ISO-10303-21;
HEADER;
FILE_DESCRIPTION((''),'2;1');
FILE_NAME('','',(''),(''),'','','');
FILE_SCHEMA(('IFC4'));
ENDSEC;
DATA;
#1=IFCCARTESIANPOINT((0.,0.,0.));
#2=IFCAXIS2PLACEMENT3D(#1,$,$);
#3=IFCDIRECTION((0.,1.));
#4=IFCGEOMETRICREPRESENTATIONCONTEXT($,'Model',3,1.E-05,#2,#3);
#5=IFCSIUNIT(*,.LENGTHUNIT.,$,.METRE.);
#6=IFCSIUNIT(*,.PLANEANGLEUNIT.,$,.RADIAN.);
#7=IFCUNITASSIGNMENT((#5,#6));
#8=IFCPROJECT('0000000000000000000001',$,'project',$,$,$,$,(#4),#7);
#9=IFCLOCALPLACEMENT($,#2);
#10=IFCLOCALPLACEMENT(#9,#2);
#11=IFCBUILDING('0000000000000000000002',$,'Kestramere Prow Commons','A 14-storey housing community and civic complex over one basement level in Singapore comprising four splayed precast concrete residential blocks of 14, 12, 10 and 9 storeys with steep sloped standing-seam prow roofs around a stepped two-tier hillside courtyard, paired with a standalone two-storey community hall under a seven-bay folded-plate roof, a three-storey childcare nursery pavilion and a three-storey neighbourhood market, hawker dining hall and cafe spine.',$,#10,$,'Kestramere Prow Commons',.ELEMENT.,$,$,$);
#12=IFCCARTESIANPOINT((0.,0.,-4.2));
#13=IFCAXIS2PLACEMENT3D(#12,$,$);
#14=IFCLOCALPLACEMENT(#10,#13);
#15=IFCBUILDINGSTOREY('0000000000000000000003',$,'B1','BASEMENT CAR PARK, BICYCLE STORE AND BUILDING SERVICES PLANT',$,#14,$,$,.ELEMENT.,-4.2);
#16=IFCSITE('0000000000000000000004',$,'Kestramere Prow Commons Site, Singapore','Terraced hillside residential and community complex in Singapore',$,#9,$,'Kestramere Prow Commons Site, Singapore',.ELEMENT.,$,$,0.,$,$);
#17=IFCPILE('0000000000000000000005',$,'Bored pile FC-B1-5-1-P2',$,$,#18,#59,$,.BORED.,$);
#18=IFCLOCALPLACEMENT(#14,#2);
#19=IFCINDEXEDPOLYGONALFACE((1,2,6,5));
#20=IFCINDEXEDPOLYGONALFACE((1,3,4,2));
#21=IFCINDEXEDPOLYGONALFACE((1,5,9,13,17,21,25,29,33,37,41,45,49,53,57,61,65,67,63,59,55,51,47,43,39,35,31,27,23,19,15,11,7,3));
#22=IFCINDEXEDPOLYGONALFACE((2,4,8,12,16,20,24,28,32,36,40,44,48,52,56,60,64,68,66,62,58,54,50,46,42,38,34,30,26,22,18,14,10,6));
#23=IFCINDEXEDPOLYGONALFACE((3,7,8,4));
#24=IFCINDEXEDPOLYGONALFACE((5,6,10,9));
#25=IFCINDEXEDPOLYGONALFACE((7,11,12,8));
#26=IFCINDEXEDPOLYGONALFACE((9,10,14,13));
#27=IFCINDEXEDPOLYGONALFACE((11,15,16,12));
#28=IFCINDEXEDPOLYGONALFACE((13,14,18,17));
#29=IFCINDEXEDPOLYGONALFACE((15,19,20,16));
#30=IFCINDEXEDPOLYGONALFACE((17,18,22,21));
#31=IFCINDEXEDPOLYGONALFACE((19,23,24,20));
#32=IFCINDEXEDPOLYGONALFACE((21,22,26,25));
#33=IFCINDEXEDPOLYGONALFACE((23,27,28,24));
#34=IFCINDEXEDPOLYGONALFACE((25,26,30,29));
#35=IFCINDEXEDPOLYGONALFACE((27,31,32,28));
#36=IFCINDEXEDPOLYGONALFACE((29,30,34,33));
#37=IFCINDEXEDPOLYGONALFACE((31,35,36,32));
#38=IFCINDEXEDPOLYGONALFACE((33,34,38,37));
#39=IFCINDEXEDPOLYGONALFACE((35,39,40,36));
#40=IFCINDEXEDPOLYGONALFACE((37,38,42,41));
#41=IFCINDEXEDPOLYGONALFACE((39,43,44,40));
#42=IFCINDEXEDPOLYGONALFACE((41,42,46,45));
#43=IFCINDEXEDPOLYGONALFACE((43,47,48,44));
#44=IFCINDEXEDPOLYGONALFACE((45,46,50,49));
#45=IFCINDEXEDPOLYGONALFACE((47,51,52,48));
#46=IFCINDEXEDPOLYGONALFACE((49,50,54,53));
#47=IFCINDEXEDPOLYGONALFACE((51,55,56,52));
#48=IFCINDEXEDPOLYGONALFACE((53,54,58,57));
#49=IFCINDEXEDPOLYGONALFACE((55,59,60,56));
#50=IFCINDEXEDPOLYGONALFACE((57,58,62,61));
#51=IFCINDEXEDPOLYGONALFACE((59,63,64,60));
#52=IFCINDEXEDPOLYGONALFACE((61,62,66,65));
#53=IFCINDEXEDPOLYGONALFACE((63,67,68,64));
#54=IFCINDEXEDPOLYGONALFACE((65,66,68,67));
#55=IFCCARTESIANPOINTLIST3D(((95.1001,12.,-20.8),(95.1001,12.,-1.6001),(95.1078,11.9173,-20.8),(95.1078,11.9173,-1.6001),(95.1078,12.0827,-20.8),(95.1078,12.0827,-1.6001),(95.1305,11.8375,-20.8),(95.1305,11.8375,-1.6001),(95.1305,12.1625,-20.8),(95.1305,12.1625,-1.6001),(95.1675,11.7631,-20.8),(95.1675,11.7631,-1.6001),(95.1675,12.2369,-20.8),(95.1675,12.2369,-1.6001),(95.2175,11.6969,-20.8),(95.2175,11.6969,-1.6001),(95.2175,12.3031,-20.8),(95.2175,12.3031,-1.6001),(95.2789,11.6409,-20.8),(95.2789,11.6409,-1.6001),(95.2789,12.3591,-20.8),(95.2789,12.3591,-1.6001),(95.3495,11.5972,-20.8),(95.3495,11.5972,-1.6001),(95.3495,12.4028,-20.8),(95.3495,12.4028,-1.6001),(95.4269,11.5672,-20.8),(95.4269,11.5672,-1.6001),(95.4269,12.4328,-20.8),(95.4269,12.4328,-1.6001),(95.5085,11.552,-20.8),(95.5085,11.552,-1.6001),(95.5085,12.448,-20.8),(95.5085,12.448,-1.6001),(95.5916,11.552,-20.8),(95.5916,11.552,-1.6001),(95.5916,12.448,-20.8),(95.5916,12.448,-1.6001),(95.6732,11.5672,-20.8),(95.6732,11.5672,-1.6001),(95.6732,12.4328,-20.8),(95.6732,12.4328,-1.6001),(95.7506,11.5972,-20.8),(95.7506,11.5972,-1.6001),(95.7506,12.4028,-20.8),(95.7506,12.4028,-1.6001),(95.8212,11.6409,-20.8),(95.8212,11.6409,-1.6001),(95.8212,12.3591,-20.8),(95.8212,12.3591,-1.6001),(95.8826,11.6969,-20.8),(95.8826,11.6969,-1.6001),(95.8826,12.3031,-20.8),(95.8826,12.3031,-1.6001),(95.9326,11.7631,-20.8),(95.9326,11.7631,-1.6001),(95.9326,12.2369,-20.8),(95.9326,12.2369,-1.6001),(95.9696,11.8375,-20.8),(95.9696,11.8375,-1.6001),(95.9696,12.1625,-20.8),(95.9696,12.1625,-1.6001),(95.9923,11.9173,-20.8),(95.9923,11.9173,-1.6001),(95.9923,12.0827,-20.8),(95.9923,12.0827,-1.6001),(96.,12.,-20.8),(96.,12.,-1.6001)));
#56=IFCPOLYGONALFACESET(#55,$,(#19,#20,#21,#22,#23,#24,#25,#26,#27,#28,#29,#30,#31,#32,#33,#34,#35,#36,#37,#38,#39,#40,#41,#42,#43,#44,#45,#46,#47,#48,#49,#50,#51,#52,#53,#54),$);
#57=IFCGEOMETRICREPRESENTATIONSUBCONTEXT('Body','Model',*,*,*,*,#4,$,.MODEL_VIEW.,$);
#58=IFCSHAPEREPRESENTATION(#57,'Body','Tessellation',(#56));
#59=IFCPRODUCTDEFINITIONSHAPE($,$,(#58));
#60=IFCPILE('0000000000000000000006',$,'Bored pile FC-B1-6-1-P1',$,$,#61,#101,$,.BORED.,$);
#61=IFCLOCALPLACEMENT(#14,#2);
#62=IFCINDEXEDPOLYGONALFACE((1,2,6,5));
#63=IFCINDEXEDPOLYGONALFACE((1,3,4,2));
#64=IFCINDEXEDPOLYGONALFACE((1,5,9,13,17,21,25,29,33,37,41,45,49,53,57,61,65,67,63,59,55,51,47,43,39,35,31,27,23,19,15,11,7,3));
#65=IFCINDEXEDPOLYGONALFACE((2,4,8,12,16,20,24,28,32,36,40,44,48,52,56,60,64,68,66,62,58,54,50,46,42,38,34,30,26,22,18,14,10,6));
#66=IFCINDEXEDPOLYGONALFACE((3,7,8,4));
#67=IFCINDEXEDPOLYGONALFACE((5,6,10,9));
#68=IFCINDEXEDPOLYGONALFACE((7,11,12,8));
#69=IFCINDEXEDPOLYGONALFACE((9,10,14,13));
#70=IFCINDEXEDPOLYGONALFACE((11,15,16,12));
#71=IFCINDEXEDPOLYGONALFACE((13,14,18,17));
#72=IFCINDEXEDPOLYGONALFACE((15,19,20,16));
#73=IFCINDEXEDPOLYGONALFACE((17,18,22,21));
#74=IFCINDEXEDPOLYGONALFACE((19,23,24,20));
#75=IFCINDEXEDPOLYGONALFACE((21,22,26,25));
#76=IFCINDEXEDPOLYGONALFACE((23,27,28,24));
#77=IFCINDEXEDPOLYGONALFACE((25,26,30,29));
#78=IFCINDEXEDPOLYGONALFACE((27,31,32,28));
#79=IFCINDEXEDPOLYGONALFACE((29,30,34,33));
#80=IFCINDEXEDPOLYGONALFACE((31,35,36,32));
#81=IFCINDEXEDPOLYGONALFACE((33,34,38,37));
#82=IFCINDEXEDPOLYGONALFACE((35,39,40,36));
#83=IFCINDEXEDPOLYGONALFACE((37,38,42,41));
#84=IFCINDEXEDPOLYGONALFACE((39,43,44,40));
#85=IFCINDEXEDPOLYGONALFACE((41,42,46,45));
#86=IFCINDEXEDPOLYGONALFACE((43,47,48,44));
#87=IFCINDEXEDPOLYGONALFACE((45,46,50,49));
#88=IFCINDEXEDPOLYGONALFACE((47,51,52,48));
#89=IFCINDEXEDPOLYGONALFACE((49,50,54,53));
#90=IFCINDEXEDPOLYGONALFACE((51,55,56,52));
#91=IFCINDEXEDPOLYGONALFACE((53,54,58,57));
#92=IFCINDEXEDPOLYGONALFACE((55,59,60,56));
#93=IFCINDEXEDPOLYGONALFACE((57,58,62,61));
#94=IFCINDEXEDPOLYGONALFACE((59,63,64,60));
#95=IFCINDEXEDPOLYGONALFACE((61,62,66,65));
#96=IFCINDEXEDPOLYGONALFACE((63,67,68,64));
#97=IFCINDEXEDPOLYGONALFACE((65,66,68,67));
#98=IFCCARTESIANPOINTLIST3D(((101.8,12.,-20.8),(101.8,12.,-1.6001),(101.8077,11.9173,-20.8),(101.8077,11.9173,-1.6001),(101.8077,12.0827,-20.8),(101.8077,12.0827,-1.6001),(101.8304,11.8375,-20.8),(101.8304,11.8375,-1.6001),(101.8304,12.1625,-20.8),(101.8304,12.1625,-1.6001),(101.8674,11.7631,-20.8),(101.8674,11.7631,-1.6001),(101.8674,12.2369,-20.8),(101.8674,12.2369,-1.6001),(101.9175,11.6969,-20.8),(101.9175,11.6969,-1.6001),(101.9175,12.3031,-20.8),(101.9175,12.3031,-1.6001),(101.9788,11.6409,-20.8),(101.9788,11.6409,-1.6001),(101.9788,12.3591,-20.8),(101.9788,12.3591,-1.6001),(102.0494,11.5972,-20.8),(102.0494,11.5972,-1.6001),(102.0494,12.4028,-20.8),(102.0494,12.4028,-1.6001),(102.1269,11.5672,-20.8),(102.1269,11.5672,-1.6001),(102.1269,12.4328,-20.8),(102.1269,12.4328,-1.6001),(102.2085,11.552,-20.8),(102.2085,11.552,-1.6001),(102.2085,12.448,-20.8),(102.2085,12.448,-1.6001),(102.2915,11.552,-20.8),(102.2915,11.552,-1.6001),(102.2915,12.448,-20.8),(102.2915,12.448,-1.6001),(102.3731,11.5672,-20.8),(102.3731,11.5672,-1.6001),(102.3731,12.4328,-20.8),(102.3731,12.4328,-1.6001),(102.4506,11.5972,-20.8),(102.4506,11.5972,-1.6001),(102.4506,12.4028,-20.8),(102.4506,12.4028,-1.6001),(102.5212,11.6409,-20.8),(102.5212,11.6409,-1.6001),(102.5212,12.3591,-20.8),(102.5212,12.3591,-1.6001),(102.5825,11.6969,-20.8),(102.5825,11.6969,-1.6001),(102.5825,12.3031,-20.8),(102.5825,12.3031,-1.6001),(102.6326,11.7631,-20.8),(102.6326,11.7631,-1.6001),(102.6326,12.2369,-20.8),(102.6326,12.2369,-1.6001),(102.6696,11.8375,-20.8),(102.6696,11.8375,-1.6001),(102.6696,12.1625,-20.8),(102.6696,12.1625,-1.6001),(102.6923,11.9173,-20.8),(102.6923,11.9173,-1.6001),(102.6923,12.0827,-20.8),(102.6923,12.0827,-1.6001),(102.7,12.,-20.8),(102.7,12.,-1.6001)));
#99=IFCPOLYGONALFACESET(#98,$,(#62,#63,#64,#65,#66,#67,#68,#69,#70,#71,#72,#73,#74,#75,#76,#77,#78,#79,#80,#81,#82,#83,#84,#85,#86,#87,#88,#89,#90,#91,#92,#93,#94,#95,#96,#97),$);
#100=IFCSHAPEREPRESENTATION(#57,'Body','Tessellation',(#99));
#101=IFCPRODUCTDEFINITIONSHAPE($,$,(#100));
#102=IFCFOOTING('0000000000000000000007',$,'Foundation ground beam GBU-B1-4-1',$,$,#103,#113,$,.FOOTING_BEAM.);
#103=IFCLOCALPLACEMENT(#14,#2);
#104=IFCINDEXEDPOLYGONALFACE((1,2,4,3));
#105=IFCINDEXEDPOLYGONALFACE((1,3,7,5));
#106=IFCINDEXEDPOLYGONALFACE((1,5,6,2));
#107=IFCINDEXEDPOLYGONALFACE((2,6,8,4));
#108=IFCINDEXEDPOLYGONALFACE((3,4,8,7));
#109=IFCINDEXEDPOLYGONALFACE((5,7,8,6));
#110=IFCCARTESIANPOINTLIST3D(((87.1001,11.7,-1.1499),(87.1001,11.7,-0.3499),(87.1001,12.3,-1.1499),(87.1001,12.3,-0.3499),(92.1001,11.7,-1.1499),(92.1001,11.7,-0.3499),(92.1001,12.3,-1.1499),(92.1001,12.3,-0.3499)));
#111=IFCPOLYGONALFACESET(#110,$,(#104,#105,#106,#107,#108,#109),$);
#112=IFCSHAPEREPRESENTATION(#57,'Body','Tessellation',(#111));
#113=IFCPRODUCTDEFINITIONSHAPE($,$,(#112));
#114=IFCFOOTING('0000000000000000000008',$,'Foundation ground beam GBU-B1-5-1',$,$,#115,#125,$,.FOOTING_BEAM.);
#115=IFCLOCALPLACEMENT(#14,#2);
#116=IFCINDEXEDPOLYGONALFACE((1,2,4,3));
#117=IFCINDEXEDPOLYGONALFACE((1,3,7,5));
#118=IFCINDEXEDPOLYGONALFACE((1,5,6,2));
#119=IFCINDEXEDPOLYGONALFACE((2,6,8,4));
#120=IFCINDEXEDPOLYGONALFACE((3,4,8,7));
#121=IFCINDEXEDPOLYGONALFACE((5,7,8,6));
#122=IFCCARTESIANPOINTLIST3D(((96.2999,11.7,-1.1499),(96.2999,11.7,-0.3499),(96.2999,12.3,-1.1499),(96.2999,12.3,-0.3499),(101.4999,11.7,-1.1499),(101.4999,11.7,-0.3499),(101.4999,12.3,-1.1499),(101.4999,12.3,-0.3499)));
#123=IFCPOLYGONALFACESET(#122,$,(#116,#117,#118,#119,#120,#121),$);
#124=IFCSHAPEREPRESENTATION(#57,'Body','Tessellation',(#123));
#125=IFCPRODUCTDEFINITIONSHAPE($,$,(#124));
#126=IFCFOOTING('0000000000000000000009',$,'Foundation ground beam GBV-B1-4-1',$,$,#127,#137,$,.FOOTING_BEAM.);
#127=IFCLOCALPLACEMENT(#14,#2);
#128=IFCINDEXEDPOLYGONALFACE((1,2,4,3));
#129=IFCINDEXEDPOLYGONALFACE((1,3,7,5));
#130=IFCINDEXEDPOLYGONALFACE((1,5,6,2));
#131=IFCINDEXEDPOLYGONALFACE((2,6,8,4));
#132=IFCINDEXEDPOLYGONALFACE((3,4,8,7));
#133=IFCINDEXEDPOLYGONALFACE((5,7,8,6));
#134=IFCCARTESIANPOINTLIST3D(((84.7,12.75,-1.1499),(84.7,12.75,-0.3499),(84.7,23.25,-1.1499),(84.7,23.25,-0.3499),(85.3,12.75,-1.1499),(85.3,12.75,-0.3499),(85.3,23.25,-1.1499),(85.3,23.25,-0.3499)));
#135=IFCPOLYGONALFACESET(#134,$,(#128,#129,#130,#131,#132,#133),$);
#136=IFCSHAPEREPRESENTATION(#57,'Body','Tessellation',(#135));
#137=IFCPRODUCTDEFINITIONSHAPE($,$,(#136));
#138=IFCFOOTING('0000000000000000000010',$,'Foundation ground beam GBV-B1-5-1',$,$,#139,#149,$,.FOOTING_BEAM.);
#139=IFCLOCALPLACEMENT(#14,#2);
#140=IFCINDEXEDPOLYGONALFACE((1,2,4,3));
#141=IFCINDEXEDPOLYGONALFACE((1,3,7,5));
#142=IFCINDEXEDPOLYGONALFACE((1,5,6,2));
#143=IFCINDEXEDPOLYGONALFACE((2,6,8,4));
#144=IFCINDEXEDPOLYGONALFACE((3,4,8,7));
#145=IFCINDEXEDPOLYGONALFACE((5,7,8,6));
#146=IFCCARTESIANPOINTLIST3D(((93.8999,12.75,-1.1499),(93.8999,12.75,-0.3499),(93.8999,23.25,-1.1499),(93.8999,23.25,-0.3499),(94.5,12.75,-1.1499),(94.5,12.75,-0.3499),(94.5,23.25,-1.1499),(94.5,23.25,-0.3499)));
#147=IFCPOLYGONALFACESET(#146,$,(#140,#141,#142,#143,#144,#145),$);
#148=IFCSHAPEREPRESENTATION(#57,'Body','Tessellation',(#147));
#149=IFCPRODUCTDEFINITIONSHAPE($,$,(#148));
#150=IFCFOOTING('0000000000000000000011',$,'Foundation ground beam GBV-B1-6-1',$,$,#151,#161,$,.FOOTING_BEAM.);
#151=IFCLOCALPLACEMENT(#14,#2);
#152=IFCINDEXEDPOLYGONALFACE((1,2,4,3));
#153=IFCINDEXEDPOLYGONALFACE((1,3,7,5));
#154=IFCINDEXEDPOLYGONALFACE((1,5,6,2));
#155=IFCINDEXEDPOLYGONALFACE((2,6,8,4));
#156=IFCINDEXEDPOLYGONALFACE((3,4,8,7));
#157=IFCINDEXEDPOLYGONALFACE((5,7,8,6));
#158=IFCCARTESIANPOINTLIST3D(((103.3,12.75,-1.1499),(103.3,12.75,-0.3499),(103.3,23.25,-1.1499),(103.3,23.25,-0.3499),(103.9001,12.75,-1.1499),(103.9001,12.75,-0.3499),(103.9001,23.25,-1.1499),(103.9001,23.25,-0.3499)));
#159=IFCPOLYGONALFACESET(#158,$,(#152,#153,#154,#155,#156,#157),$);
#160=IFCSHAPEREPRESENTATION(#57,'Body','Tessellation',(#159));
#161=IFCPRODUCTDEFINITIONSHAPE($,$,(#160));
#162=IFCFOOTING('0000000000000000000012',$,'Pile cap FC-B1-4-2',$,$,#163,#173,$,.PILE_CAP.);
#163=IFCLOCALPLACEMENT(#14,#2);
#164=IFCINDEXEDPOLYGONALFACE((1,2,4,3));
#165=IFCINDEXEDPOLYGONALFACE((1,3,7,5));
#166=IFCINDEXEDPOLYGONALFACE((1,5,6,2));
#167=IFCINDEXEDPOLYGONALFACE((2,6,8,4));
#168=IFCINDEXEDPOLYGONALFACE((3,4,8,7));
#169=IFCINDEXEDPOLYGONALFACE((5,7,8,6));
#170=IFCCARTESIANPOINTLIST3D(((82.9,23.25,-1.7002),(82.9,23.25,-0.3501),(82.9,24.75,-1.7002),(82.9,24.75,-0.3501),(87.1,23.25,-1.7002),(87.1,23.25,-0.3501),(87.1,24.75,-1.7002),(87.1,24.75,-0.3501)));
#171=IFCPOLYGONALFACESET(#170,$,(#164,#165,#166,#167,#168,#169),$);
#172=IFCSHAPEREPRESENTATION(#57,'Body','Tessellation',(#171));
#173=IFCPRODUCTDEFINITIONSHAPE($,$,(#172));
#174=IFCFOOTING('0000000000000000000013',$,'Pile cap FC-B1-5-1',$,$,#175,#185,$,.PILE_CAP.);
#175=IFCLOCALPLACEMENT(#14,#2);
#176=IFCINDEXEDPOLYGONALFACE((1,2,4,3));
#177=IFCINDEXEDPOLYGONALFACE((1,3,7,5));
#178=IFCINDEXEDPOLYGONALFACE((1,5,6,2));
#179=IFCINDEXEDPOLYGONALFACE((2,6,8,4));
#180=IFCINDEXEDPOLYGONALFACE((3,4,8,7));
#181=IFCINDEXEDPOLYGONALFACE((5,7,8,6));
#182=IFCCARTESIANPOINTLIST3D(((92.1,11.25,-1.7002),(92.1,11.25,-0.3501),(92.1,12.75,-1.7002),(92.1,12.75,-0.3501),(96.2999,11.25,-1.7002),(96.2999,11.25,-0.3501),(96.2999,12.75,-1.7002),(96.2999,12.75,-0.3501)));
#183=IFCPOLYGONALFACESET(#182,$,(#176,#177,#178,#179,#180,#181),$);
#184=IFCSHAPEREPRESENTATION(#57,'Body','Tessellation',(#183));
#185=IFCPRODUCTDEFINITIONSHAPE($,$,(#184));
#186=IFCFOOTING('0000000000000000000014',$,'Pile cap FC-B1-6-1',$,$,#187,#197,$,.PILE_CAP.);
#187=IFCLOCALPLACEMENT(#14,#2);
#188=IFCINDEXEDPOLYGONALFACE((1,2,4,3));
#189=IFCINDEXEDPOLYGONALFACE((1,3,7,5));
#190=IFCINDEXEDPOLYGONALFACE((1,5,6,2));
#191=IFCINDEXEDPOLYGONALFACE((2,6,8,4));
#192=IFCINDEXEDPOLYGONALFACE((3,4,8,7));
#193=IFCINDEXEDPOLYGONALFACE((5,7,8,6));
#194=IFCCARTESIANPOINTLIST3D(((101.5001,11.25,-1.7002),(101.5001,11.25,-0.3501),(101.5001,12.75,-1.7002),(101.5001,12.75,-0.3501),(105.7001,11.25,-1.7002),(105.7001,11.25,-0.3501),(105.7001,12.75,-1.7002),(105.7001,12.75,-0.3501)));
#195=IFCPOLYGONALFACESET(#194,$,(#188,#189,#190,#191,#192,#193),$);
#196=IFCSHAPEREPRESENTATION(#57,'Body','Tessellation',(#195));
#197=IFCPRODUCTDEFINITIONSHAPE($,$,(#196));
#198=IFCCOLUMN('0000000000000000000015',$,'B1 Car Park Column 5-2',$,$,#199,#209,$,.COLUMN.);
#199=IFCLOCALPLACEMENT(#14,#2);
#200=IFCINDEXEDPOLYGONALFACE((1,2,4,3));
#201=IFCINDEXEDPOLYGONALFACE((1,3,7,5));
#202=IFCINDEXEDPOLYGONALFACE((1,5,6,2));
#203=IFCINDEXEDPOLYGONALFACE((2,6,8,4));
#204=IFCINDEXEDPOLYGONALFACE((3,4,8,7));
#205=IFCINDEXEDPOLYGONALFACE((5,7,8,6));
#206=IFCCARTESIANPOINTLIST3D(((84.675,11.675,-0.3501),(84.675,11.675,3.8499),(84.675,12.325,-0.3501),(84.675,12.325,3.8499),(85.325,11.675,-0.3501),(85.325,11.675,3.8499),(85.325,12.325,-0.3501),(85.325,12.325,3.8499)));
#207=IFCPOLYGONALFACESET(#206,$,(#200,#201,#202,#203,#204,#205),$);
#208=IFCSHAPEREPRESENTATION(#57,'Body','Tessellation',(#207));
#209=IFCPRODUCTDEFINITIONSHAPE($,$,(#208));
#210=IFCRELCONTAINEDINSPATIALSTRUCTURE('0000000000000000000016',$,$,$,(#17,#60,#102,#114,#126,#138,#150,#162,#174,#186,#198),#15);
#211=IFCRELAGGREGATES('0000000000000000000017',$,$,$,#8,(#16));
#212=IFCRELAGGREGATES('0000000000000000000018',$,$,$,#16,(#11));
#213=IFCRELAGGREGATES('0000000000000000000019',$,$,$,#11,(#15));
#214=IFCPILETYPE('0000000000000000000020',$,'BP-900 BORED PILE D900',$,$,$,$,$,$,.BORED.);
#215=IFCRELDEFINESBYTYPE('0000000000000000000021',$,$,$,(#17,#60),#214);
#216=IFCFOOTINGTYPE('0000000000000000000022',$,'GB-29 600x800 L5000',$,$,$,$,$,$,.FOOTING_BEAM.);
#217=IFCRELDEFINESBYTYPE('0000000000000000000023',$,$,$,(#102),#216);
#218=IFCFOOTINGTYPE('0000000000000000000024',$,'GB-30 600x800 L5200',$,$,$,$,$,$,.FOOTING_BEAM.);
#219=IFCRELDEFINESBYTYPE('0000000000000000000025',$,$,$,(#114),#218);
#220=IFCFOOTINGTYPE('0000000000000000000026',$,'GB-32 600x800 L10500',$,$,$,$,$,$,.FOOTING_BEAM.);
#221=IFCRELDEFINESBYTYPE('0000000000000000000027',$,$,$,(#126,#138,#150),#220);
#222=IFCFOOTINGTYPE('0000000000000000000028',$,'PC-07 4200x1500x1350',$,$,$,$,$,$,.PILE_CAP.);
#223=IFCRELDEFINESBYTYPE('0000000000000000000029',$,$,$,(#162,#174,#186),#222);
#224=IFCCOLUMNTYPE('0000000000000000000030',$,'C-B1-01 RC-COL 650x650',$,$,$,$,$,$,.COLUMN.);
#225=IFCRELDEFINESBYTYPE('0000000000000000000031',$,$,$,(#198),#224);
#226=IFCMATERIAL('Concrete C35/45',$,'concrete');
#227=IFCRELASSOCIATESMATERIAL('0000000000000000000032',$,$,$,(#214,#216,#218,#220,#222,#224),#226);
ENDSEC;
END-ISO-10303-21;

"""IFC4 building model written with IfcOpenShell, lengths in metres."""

from ifc_helpers import new_model, si_unit, direction, frame, origin, origin_2d, place, context, subcontext, project, spatial, rectangle, circle, extrude, material, material_profile, profile_set, type_object, element, save


model = new_model("IFC4")

# Units and contexts
model_context = context("Model", 3, precision=1e-05, world=origin(), true_north=direction((0.0, 1.0)))
body_context = subcontext(model_context, "Body", "Model", "MODEL_VIEW")
ifc_project = project(units=[si_unit("LENGTHUNIT", "METRE"), si_unit("PLANEANGLEUNIT", "RADIAN")], contexts=[model_context])

# Site, building, storey
site_placement = place(None, origin())
site = spatial("IfcSite", under=ifc_project, at=site_placement, Name="Kestramere Prow Commons Site, Singapore", Description="Terraced hillside residential and community complex in Singapore", LongName="Kestramere Prow Commons Site, Singapore", CompositionType="ELEMENT", RefElevation=0.0)
building_placement = place(site_placement, origin())
building = spatial("IfcBuilding", under=site, at=building_placement, Name="Kestramere Prow Commons", Description="A 14-storey housing community and civic complex over one basement level in Singapore comprising four splayed precast concrete residential blocks of 14, 12, 10 and 9 storeys with steep sloped standing-seam prow roofs around a stepped two-tier hillside courtyard, paired with a standalone two-storey community hall under a seven-bay folded-plate roof, a three-storey childcare nursery pavilion and a three-storey neighbourhood market, hawker dining hall and cafe spine.", LongName="Kestramere Prow Commons", CompositionType="ELEMENT")
storey_placement = place(building_placement, frame((0.0, 0.0, -4.2)))
storey = spatial("IfcBuildingStorey", under=building, at=storey_placement, Name="B1", Description="BASEMENT CAR PARK, BICYCLE STORE AND BUILDING SERVICES PLANT", CompositionType="ELEMENT", Elevation=-4.2)

# Piles
ifc_material = material(Name="Concrete C35/45", Category="concrete")
ifc_material_profile_1 = material_profile(ifc_material, circle(Radius=0.45, at=origin_2d()), Name="BORED PILE D900")
ifc_profile_set_1 = profile_set([ifc_material_profile_1], Name="Concrete C35/45")
pile_type = type_object("IfcPileType", Name="BP-900 BORED PILE D900", PredefinedType="BORED", material=ifc_profile_set_1)
for number, where, z_axis, x_axis, name in (
    (1, (95.55, 12.0, -1.6001), (0.0, 0.0, -1.0), (1.0, 0.0, 0.0), "Bored pile FC-B1-5-1-P2"),
    (2, (102.25, 12.0, -1.6001), (0.0, 0.0, -1.0), (1.0, 0.0, 0.0), "Bored pile FC-B1-6-1-P1"),
):
    element("IfcPile", number, at=place(storey_placement, frame(where, z_axis=z_axis, x_axis=x_axis)), inside=storey, type_object=pile_type, Name=name, PredefinedType="BORED", context=body_context, shape_type="SweptSolid", body=[
        extrude(circle(Radius=0.45, at=origin_2d()), origin(), (0.0, 0.0, 1.0), 19.2),
    ])

# Footings
footing_type_1 = type_object("IfcFootingType", Name="GB-29 600x800 L5000", PredefinedType="FOOTING_BEAM", material=ifc_material)
footing_1_placement = place(storey_placement, frame((89.6001, 12.0, -1.1499), z_axis=(0.0, 0.0, 1.0), x_axis=(1.0, 0.0, 0.0)))
element("IfcFooting", 3, at=footing_1_placement, inside=storey, type_object=footing_type_1, Name="Foundation ground beam GBU-B1-4-1", PredefinedType="FOOTING_BEAM", context=body_context, shape_type="SweptSolid", body=[
    extrude(rectangle(XDim=5.0, YDim=0.6001, at=origin_2d()), origin(), (0.0, 0.0, 1.0), 0.8),
])
footing_type_2 = type_object("IfcFootingType", Name="GB-30 600x800 L5200", PredefinedType="FOOTING_BEAM", material=ifc_material)
footing_2_placement = place(storey_placement, frame((98.8999, 12.0, -1.1499), z_axis=(0.0, 0.0, 1.0), x_axis=(1.0, 0.0, 0.0)))
element("IfcFooting", 4, at=footing_2_placement, inside=storey, type_object=footing_type_2, Name="Foundation ground beam GBU-B1-5-1", PredefinedType="FOOTING_BEAM", context=body_context, shape_type="SweptSolid", body=[
    extrude(rectangle(XDim=5.2, YDim=0.6001, at=origin_2d()), origin(), (0.0, 0.0, 1.0), 0.8),
])
footing_type_3 = type_object("IfcFootingType", Name="GB-32 600x800 L10500", PredefinedType="FOOTING_BEAM", material=ifc_material)
for number, where, z_axis, x_axis, name in (
    (5, (85.0, 18.0, -1.1499), (0.0, 0.0, 1.0), (0.0, 1.0, 0.0), "Foundation ground beam GBV-B1-4-1"),
    (6, (94.2, 18.0, -1.1499), (0.0, 0.0, 1.0), (0.0, 1.0, 0.0), "Foundation ground beam GBV-B1-5-1"),
    (7, (103.6001, 18.0, -1.1499), (0.0, 0.0, 1.0), (0.0, 1.0, 0.0), "Foundation ground beam GBV-B1-6-1"),
):
    element("IfcFooting", number, at=place(storey_placement, frame(where, z_axis=z_axis, x_axis=x_axis)), inside=storey, type_object=footing_type_3, Name=name, PredefinedType="FOOTING_BEAM", context=body_context, shape_type="SweptSolid", body=[
        extrude(rectangle(XDim=10.5, YDim=0.6001, at=origin_2d()), origin(), (0.0, 0.0, 1.0), 0.8),
    ])
footing_type_4 = type_object("IfcFootingType", Name="PC-07 4200x1500x1350", PredefinedType="PILE_CAP", material=ifc_material)
for number, where, z_axis, x_axis, name in (
    (8, (85.0, 24.0, -1.7002), (0.0, 0.0, 1.0), (1.0, 0.0, 0.0), "Pile cap FC-B1-4-2"),
    (9, (94.2, 12.0, -1.7002), (0.0, 0.0, 1.0), (1.0, 0.0, 0.0), "Pile cap FC-B1-5-1"),
    (10, (103.6001, 12.0, -1.7002), (0.0, 0.0, 1.0), (1.0, 0.0, 0.0), "Pile cap FC-B1-6-1"),
):
    element("IfcFooting", number, at=place(storey_placement, frame(where, z_axis=z_axis, x_axis=x_axis)), inside=storey, type_object=footing_type_4, Name=name, PredefinedType="PILE_CAP", context=body_context, shape_type="SweptSolid", body=[
        extrude(rectangle(XDim=4.2, YDim=1.5, at=origin_2d()), origin(), (0.0, 0.0, 1.0), 1.3501),
    ])

# Column
ifc_material_profile_2 = material_profile(ifc_material, rectangle(XDim=0.6499, YDim=0.6499, at=origin_2d()), Name="RC-COL 650x650")
ifc_profile_set_2 = profile_set([ifc_material_profile_2], Name="Concrete C35/45")
column_type = type_object("IfcColumnType", Name="C-B1-01 RC-COL 650x650", PredefinedType="COLUMN", material=ifc_profile_set_2)
for number, where, z_axis, x_axis, name in (
    (11, (85.0, 12.0, -0.3501), (0.0, 0.0, 1.0), (1.0, 0.0, 0.0), "B1 Car Park Column 5-2"),
):
    element("IfcColumn", number, at=place(storey_placement, frame(where, z_axis=z_axis, x_axis=x_axis)), inside=storey, type_object=column_type, Name=name, PredefinedType="COLUMN", context=body_context, shape_type="SweptSolid", body=[
        extrude(rectangle(XDim=0.6499, YDim=0.6499, at=origin_2d()), origin(), (0.0, 0.0, 1.0), 4.2),
    ])

save(model, "model.ifc")
